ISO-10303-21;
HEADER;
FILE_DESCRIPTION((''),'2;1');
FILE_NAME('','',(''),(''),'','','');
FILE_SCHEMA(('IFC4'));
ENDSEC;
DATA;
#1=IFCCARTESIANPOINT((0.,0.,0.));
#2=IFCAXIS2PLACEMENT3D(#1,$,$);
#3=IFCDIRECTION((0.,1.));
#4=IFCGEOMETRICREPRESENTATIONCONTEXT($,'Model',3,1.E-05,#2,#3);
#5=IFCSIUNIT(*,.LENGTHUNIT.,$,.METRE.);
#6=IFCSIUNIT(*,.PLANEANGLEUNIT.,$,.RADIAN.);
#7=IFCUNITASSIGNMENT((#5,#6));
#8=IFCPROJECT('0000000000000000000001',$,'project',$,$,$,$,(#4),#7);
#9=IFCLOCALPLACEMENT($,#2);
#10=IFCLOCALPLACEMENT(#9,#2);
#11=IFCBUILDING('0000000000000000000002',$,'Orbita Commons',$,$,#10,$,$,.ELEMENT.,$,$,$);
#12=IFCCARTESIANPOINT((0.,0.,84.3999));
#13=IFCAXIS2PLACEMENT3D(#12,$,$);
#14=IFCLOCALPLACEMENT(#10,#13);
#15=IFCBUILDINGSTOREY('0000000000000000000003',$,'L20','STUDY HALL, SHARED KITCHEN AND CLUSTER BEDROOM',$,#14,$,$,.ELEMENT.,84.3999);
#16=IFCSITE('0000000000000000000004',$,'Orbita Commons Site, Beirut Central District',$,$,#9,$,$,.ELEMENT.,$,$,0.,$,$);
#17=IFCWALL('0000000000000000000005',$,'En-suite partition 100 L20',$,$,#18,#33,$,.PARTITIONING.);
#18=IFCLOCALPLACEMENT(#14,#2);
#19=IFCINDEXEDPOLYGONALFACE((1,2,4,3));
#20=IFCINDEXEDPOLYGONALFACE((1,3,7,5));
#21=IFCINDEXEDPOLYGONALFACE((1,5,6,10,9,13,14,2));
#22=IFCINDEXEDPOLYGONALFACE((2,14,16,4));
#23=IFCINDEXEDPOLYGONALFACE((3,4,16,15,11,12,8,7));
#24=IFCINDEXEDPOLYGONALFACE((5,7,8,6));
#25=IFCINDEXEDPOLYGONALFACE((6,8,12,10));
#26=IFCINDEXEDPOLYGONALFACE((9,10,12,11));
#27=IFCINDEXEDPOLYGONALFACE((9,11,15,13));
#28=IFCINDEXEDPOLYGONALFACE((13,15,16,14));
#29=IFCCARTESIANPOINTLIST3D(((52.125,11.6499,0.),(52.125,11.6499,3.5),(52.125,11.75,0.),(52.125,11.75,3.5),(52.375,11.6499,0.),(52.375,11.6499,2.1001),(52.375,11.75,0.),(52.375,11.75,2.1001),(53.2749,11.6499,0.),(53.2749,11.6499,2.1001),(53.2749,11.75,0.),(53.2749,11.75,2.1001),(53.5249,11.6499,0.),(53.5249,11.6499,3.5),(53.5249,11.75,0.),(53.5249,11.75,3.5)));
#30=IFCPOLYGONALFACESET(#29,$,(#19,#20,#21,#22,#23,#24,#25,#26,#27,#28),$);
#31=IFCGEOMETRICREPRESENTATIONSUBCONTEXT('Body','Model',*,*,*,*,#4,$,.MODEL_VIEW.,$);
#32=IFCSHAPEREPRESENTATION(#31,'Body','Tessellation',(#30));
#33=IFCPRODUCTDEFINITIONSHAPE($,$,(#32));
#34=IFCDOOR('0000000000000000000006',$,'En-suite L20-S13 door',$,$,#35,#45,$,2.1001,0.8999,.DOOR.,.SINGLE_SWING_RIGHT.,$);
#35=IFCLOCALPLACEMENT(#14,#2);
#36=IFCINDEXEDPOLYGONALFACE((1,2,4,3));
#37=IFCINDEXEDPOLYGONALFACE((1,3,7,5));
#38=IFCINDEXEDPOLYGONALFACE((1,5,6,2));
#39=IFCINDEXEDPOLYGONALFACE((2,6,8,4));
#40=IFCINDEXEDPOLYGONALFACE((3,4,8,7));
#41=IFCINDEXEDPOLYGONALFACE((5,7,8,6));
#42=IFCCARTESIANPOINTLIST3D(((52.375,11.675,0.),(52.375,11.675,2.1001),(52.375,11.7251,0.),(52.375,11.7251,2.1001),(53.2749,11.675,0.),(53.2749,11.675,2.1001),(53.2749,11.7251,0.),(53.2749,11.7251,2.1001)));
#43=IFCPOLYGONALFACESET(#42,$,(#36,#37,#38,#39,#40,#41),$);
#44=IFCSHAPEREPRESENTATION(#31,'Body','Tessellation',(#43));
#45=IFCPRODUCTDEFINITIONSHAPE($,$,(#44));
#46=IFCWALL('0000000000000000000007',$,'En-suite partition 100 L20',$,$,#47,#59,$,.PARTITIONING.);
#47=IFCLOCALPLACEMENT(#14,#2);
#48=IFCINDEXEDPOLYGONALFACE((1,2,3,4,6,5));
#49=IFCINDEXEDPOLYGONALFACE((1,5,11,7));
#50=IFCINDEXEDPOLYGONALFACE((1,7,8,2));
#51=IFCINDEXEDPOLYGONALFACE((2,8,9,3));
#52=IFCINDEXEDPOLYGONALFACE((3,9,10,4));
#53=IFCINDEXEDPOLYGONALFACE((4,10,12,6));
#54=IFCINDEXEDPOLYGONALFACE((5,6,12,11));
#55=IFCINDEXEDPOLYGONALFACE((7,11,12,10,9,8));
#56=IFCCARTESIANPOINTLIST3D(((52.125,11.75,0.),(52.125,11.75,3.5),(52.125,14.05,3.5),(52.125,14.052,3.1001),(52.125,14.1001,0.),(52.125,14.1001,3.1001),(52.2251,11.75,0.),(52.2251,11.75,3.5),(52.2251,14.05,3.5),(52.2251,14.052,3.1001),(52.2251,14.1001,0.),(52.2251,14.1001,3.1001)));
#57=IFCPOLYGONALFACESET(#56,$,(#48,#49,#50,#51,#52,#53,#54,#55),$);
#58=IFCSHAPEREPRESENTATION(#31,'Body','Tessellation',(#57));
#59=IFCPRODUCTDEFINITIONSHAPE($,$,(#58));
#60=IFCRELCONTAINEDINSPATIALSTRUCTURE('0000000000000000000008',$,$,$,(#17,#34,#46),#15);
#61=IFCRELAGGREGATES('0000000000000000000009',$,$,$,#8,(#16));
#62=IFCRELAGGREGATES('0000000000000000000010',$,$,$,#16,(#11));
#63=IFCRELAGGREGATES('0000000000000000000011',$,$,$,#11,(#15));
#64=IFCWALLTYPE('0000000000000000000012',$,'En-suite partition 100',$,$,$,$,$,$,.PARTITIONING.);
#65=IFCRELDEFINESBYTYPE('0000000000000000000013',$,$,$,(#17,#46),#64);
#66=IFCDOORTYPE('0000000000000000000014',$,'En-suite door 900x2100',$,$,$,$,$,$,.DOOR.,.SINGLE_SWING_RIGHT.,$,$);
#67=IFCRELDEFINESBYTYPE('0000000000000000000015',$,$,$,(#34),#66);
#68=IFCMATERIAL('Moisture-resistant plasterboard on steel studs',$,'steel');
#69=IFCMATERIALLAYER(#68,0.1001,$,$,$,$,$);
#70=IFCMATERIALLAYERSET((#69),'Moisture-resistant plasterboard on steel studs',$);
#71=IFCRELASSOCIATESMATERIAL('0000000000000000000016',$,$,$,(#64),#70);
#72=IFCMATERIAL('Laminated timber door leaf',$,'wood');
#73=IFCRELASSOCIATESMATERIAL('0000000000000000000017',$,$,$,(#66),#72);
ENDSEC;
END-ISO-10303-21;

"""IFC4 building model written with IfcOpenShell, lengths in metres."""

from ifc_helpers import new_model, si_unit, direction, frame, frame_2d, origin, place, context, subcontext, project, spatial, polyline, rectangle, outline, extrude, material, layer, layer_set, type_object, element, fill, save


model = new_model("IFC4")

# Units and contexts
model_context = context("Model", 3, precision=1e-05, world=origin(), true_north=direction((0.0, 1.0)))
body_context = subcontext(model_context, "Body", "Model", "MODEL_VIEW")
ifc_project = project(units=[si_unit("LENGTHUNIT", "METRE"), si_unit("PLANEANGLEUNIT", "RADIAN")], contexts=[model_context])

# Site, building, storey
site_placement = place(None, origin())
site = spatial("IfcSite", under=ifc_project, at=site_placement, Name="Orbita Commons Site, Beirut Central District", CompositionType="ELEMENT", RefElevation=0.0)
building_placement = place(site_placement, origin())
building = spatial("IfcBuilding", under=site, at=building_placement, Name="Orbita Commons", CompositionType="ELEMENT")
storey_placement = place(building_placement, frame((0.0, 0.0, 84.3999)))
storey = spatial("IfcBuildingStorey", under=building, at=storey_placement, Name="L20", Description="STUDY HALL, SHARED KITCHEN AND CLUSTER BEDROOM", CompositionType="ELEMENT", Elevation=84.3999)

# Shared definitions
ifc_material_1 = material(Name="Moisture-resistant plasterboard on steel studs", Category="steel")
ifc_layer_1 = layer(ifc_material_1, 0.1001)
ifc_layer_set_1 = layer_set([ifc_layer_1], Name="Moisture-resistant plasterboard on steel studs")
wall_type_1 = type_object("IfcWallType", Name="En-suite partition 100", PredefinedType="PARTITIONING", material=ifc_layer_set_1)
ifc_material_2 = material(Name="Laminated timber door leaf", Category="wood")
door_type_1 = type_object("IfcDoorType", Name="En-suite door 900x2100", OperationType="SINGLE_SWING_RIGHT", PredefinedType="DOOR", material=ifc_material_2)

# Wall, opening, door
wall_1_placement = place(storey_placement, frame((53.5249, 11.7, 0.0), z_axis=(0.0, 0.0, 1.0), x_axis=(-1.0, 0.0, 0.0)))
wall_1 = element("IfcWall", 1, at=wall_1_placement, inside=storey, type_object=wall_type_1, Name="En-suite partition 100 L20", PredefinedType="PARTITIONING", context=body_context, shape_type="SweptSolid", body=[
    extrude(rectangle(XDim=1.3999, YDim=0.1001, at=frame_2d((0.7, 0.0))), origin(), (0.0, 0.0, 1.0), 3.5),
])
opening_1_placement = place(wall_1_placement, frame((0.25, 0.0, 0.0)))
opening_1 = element("IfcOpeningElement", 2, at=opening_1_placement, cuts=wall_1, PredefinedType="OPENING", context=body_context, shape_type="SweptSolid", body=[
    extrude(rectangle(XDim=0.8999, YDim=2.1001, at=frame_2d((0.45, 1.05))), frame((0.0, 0.0601, 0.0), z_axis=(0.0, -1.0, 0.0), x_axis=(1.0, 0.0, 0.0)), (0.0, 0.0, 1.0), 0.1201),
])
door_1_placement = place(opening_1_placement, origin())
door_1 = element("IfcDoor", 3, at=door_1_placement, inside=storey, type_object=door_type_1, Name="En-suite L20-S13 door", OperationType="SINGLE_SWING_RIGHT", OverallHeight=2.1001, OverallWidth=0.8999, PredefinedType="DOOR", context=body_context, shape_type="SweptSolid", body=[
    extrude(rectangle(XDim=0.8999, YDim=2.1001, at=frame_2d((0.45, 1.05))), frame((0.0, 0.0249, 0.0), z_axis=(0.0, -1.0, 0.0), x_axis=(1.0, 0.0, 0.0)), (0.0, 0.0, 1.0), 0.05),
])
fill(opening_1, door_1)

# Wall
wall_2_placement = place(storey_placement, frame((52.175, 11.75, 0.0), z_axis=(0.0, 0.0, 1.0), x_axis=(0.0, 1.0, 0.0)))
element("IfcWall", 4, at=wall_2_placement, inside=storey, type_object=wall_type_1, Name="En-suite partition 100 L20", PredefinedType="PARTITIONING", context=body_context, shape_type="SweptSolid", body=[
    extrude(outline(polyline([(0.0, 0.0), (2.3501, 0.0), (2.3501, 3.1001), (2.302, 3.1001), (2.3, 3.5), (0.0, 3.5), (0.0, 0.0)])), frame((0.0, 0.05, 0.0), z_axis=(0.0, -1.0, 0.0), x_axis=(1.0, 0.0, 0.0)), (0.0, 0.0, 1.0), 0.1001),
])

save(model, "model.ifc")
